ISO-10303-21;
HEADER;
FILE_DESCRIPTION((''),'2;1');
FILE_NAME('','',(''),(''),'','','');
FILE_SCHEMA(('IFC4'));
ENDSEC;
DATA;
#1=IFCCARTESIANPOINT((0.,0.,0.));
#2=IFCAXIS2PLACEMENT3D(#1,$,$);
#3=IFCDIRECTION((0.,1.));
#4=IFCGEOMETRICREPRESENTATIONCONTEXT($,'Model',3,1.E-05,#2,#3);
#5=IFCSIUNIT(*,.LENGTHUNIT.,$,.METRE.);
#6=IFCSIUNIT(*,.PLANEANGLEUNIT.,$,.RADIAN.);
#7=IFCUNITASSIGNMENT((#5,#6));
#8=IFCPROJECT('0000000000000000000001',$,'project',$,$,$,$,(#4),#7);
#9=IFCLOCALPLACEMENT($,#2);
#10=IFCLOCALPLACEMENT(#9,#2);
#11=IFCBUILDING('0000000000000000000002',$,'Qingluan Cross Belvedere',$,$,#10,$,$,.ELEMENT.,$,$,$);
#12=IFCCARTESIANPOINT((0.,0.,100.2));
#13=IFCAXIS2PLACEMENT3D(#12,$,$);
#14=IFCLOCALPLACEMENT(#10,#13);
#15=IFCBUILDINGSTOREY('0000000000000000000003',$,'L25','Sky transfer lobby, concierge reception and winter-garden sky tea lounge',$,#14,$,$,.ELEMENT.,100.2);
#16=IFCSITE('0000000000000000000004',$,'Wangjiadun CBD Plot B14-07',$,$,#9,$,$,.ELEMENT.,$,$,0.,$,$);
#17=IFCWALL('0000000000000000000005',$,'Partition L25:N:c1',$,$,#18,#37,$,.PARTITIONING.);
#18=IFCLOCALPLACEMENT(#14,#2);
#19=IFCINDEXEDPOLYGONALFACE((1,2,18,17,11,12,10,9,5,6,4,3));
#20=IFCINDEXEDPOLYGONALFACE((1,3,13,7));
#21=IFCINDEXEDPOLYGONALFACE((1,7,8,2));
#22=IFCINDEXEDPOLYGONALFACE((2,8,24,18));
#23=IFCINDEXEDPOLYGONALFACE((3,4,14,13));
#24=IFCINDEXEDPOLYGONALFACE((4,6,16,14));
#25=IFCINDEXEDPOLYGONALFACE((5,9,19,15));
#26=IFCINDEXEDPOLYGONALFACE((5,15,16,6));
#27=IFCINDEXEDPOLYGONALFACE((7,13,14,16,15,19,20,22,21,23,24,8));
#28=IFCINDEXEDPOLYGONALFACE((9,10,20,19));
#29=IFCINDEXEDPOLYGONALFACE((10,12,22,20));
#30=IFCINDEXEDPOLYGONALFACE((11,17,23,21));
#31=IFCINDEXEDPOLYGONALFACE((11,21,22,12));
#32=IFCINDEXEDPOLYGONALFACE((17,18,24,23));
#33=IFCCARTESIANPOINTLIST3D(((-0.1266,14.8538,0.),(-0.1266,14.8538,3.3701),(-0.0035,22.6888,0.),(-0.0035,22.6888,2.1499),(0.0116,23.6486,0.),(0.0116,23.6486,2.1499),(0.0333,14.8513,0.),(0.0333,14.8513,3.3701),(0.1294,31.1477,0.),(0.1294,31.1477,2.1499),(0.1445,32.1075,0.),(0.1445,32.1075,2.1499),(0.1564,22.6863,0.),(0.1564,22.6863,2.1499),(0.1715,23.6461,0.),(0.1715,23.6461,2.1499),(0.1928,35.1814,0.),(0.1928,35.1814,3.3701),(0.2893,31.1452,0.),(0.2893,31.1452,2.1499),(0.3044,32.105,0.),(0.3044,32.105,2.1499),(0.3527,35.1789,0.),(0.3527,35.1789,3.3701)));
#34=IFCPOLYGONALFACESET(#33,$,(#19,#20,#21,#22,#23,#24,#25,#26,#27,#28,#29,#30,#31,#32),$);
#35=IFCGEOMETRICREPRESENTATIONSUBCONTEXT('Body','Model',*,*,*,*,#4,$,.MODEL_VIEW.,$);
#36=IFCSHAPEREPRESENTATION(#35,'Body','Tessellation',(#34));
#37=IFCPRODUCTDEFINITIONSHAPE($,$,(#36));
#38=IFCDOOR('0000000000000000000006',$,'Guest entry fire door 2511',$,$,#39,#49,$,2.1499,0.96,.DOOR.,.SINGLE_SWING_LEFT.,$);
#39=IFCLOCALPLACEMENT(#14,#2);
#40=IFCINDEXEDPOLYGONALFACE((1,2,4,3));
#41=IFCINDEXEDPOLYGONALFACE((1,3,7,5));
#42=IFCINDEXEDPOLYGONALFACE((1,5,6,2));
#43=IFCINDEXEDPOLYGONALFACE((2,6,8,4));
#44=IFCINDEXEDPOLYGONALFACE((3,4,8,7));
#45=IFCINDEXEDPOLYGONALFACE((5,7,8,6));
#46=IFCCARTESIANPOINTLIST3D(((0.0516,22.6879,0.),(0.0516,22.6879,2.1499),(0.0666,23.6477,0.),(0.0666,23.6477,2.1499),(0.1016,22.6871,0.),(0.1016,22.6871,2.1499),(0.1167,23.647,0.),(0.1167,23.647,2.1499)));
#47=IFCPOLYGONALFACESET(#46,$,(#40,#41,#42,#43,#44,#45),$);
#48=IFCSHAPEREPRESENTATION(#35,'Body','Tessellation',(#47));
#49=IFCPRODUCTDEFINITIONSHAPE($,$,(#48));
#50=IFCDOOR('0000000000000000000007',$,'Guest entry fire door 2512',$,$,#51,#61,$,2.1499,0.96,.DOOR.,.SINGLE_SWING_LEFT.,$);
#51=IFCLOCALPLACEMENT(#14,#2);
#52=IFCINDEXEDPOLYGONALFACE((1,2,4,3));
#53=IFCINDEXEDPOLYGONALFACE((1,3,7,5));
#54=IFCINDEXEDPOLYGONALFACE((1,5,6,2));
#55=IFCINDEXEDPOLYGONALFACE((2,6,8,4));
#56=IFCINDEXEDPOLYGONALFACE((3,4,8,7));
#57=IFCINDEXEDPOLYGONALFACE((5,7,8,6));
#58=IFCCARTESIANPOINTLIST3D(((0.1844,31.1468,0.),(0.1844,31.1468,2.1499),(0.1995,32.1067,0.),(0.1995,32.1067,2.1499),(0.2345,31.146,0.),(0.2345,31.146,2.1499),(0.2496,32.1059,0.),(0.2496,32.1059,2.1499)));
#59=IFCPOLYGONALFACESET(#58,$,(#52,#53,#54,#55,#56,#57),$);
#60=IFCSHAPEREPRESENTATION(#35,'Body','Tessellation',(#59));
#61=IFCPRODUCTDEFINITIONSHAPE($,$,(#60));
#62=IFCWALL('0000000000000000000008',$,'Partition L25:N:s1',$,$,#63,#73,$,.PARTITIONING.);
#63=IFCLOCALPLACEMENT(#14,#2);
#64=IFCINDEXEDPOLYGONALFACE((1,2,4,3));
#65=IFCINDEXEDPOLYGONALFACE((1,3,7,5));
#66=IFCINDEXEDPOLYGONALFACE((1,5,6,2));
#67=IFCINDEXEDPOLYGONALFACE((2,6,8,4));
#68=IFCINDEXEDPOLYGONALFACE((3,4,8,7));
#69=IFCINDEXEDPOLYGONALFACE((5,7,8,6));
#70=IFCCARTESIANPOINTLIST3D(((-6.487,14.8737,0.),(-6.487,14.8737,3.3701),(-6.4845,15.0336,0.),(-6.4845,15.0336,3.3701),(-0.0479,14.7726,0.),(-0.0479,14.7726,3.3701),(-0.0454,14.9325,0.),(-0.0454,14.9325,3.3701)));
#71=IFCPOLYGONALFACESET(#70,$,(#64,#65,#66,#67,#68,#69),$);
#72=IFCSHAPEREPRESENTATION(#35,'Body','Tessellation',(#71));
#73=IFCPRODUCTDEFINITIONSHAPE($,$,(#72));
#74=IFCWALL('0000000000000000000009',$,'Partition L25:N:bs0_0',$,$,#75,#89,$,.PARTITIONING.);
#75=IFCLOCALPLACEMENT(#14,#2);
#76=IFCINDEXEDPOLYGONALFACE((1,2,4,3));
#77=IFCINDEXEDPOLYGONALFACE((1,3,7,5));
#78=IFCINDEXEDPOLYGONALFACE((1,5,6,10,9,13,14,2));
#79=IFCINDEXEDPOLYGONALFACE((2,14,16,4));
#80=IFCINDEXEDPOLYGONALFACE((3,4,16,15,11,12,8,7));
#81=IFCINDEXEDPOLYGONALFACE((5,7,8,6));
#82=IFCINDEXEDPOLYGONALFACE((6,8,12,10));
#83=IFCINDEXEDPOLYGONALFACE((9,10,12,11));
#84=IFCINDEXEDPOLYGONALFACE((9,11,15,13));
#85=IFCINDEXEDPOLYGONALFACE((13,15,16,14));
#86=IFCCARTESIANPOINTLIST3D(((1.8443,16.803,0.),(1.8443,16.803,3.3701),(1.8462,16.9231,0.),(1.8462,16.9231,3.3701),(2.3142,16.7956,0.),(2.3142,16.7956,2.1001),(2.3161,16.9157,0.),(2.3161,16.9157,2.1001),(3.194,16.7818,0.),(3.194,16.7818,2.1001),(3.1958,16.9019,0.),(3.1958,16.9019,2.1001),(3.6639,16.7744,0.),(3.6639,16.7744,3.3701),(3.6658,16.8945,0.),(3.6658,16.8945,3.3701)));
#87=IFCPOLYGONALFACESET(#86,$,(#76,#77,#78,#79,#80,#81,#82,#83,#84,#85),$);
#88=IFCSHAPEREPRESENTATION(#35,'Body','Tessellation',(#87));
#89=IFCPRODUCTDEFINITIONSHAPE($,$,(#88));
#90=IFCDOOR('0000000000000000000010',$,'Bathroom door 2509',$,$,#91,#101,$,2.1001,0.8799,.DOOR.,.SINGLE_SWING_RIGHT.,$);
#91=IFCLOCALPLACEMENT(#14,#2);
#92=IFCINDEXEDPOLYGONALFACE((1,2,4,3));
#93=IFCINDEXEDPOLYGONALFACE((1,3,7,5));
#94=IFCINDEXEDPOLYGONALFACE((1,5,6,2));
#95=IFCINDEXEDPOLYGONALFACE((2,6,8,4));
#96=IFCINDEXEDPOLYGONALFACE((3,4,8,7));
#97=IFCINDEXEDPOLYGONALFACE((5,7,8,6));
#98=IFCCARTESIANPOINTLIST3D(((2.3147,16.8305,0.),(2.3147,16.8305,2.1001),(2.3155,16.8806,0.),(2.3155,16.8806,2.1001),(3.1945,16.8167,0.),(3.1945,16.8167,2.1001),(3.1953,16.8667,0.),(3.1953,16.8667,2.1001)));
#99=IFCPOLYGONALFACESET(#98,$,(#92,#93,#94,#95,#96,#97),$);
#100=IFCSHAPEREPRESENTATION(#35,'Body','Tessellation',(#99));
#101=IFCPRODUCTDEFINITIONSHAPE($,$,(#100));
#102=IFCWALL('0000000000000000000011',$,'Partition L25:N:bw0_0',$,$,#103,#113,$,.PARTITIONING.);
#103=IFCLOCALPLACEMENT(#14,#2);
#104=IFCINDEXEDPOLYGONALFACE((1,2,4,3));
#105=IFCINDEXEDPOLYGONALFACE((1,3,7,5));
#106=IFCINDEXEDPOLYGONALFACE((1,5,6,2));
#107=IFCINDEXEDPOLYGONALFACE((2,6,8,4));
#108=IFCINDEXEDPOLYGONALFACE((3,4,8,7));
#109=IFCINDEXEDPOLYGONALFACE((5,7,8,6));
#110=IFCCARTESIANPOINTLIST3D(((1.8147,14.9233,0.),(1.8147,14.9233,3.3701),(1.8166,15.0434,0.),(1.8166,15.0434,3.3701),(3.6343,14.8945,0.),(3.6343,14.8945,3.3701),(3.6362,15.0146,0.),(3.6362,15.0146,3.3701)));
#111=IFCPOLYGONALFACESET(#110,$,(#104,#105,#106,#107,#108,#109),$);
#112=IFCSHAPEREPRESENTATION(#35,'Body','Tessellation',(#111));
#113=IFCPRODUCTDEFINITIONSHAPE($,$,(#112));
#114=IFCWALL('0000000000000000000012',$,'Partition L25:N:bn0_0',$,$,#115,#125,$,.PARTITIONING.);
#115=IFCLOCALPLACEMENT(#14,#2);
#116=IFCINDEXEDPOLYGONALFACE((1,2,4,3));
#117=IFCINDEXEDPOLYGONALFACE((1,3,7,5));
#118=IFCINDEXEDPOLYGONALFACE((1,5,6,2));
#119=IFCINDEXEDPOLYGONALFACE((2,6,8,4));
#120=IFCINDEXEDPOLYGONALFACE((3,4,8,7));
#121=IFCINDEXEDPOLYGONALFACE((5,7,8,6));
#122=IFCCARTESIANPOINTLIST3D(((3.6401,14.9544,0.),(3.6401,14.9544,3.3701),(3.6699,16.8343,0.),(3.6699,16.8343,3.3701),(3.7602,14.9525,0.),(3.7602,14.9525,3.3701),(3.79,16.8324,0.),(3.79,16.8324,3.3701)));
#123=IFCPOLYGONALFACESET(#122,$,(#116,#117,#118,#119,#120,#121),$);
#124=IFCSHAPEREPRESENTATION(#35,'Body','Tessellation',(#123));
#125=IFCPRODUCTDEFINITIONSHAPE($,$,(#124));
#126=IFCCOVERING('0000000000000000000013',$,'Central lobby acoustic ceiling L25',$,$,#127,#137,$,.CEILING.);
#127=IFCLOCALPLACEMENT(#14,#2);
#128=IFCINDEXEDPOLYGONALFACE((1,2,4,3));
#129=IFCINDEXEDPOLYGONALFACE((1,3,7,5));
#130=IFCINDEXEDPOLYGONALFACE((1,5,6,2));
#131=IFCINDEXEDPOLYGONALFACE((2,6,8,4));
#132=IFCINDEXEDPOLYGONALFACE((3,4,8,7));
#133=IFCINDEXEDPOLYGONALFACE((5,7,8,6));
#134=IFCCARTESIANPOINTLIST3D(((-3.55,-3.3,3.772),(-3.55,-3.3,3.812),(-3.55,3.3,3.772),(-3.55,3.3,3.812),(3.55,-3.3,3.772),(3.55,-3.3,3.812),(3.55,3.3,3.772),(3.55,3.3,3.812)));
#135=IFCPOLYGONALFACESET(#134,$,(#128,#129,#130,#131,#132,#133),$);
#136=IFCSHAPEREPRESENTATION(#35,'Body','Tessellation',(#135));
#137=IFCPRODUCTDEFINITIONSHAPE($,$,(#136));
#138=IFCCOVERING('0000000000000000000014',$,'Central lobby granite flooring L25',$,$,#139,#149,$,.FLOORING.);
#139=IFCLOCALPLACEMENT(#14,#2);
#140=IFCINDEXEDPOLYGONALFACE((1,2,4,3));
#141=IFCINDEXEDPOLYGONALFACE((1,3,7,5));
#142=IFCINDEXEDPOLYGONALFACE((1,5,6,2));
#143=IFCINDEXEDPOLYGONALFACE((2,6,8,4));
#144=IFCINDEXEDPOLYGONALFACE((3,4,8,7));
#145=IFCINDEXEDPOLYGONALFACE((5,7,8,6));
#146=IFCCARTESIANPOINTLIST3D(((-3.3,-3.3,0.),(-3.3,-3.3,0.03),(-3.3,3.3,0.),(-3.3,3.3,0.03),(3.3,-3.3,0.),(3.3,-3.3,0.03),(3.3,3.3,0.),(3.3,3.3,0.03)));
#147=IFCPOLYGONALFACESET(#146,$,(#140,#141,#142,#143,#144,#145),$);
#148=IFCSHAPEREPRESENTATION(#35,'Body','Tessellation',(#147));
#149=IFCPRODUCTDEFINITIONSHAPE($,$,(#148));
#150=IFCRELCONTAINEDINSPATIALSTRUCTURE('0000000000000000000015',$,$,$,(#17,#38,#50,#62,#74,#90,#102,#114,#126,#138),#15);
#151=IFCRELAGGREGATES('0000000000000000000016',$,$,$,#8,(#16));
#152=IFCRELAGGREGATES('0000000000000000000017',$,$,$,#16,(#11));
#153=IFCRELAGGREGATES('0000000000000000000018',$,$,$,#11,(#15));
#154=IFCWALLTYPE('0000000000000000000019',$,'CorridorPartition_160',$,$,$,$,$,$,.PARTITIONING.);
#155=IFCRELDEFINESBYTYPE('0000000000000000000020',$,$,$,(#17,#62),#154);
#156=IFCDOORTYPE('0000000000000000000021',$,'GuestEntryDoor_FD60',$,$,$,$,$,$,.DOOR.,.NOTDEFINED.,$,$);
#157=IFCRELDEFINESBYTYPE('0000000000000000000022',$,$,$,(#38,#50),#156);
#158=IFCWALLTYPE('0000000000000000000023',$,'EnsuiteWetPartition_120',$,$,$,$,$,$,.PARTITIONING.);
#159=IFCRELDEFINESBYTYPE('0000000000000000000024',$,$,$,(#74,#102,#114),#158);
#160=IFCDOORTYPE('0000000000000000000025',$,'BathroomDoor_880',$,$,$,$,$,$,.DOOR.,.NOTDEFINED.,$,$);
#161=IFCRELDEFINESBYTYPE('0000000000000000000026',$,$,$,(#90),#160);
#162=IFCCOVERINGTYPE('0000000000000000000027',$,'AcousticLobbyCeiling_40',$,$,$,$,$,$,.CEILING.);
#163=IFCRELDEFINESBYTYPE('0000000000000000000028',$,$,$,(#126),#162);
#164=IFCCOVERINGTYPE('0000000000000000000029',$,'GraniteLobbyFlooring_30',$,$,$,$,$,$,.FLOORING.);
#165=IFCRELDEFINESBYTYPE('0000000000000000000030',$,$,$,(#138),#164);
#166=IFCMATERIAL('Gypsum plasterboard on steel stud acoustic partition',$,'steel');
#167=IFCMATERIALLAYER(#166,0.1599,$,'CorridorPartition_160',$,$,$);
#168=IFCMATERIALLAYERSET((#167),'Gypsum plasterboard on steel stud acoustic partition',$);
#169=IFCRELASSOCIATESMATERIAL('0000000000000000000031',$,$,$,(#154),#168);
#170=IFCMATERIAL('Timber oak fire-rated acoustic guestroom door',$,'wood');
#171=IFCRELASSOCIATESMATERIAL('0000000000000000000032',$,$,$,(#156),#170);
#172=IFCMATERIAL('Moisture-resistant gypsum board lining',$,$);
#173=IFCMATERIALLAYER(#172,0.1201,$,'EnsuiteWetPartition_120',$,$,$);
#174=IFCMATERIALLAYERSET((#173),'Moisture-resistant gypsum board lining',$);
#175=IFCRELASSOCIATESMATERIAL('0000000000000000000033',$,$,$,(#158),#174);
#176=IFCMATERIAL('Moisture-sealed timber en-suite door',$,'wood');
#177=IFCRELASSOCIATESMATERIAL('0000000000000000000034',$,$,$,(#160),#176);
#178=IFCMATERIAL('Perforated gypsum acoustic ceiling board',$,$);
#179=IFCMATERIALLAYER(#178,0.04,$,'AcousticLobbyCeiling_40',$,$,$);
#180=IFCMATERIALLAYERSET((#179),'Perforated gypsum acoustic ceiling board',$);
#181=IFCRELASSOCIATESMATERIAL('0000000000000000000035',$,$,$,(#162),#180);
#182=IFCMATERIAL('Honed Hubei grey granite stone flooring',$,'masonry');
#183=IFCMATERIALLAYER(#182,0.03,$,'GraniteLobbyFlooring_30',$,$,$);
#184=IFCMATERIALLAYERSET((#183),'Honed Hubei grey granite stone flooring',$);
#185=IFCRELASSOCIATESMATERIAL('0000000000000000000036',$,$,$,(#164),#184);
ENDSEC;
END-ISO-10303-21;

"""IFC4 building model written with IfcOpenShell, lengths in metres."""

from ifc_helpers import new_model, si_unit, direction, frame, frame_2d, origin, origin_with_axes, origin_2d, place, context, subcontext, project, spatial, rectangle, extrude, material, layer, layer_set, type_object, element, fill, save


model = new_model("IFC4")

# Units and contexts
model_context = context("Model", 3, precision=1e-05, world=origin(), true_north=direction((0.0, 1.0)))
body_context = subcontext(model_context, "Body", "Model", "MODEL_VIEW")
ifc_project = project(units=[si_unit("LENGTHUNIT", "METRE"), si_unit("PLANEANGLEUNIT", "RADIAN")], contexts=[model_context])

# Site, building, storey
site_placement = place(None, origin())
site = spatial("IfcSite", under=ifc_project, at=site_placement, Name="Wangjiadun CBD Plot B14-07", CompositionType="ELEMENT", RefElevation=0.0)
building_placement = place(site_placement, origin())
building = spatial("IfcBuilding", under=site, at=building_placement, Name="Qingluan Cross Belvedere", CompositionType="ELEMENT")
storey_placement = place(building_placement, frame((0.0, 0.0, 100.2)))
storey = spatial("IfcBuildingStorey", under=building, at=storey_placement, Name="L25", Description="Sky transfer lobby, concierge reception and winter-garden sky tea lounge", CompositionType="ELEMENT", Elevation=100.2)

# Shared definitions
ifc_material_1 = material(Name="Gypsum plasterboard on steel stud acoustic partition", Category="steel")
ifc_layer_1 = layer(ifc_material_1, 0.1599, Name="CorridorPartition_160")
ifc_layer_set_1 = layer_set([ifc_layer_1], Name="Gypsum plasterboard on steel stud acoustic partition")
wall_type_1 = type_object("IfcWallType", Name="CorridorPartition_160", PredefinedType="PARTITIONING", material=ifc_layer_set_1)
ifc_material_2 = material(Name="Timber oak fire-rated acoustic guestroom door", Category="wood")
door_type_1 = type_object("IfcDoorType", Name="GuestEntryDoor_FD60", OperationType="NOTDEFINED", PredefinedType="DOOR", material=ifc_material_2)

# Wall, openings, doors
wall_1_placement = place(storey_placement, frame((-0.0466, 14.8525, 0.0), z_axis=(0.0, 0.0, 1.0), x_axis=(0.015708, 0.999877, 0.0)))
wall_1 = element("IfcWall", 1, at=wall_1_placement, inside=storey, type_object=wall_type_1, Name="Partition L25:N:c1", PredefinedType="PARTITIONING", context=body_context, shape_type="SweptSolid", body=[
    extrude(rectangle(XDim=20.3301, YDim=0.1599, at=frame_2d((10.165, 0.0))), origin(), (0.0, 0.0, 1.0), 3.3701),
])
opening_1_placement = place(wall_1_placement, frame((7.8359, 0.0, 0.0)))
opening_1 = element("IfcOpeningElement", 2, at=opening_1_placement, cuts=wall_1, PredefinedType="OPENING", context=body_context, shape_type="SweptSolid", body=[
    extrude(rectangle(XDim=0.96, YDim=2.1499, at=frame_2d((0.48, 1.075))), frame((0.0, 0.0898, 0.0), z_axis=(0.0, -1.0, 0.0), x_axis=(1.0, 0.0, 0.0)), (0.0, 0.0, 1.0), 0.1799),
])
opening_2_placement = place(wall_1_placement, frame((16.2959, 0.0, 0.0)))
opening_2 = element("IfcOpeningElement", 3, at=opening_2_placement, cuts=wall_1, PredefinedType="OPENING", context=body_context, shape_type="SweptSolid", body=[
    extrude(rectangle(XDim=0.96, YDim=2.1499, at=frame_2d((0.48, 1.075))), frame((0.0, 0.0898, 0.0), z_axis=(0.0, -1.0, 0.0), x_axis=(1.0, 0.0, 0.0)), (0.0, 0.0, 1.0), 0.1799),
])
door_1_placement = place(opening_1_placement, origin())
door_1 = element("IfcDoor", 4, at=door_1_placement, inside=storey, type_object=door_type_1, Name="Guest entry fire door 2511", OperationType="SINGLE_SWING_LEFT", OverallHeight=2.1499, OverallWidth=0.96, PredefinedType="DOOR", context=body_context, shape_type="SweptSolid", body=[
    extrude(rectangle(XDim=0.96, YDim=2.1499, at=frame_2d((0.48, 1.075))), frame((0.0, 0.0249, 0.0), z_axis=(0.0, -1.0, 0.0), x_axis=(1.0, 0.0, 0.0)), (0.0, 0.0, 1.0), 0.05),
])
fill(opening_1, door_1)
door_2_placement = place(opening_2_placement, origin())
door_2 = element("IfcDoor", 5, at=door_2_placement, inside=storey, type_object=door_type_1, Name="Guest entry fire door 2512", OperationType="SINGLE_SWING_LEFT", OverallHeight=2.1499, OverallWidth=0.96, PredefinedType="DOOR", context=body_context, shape_type="SweptSolid", body=[
    extrude(rectangle(XDim=0.96, YDim=2.1499, at=frame_2d((0.48, 1.075))), frame((0.0, 0.0249, 0.0), z_axis=(0.0, -1.0, 0.0), x_axis=(1.0, 0.0, 0.0)), (0.0, 0.0, 1.0), 0.05),
])
fill(opening_2, door_2)

# Wall
wall_2_placement = place(storey_placement, frame((-0.0466, 14.8525, 0.0), z_axis=(0.0, 0.0, 1.0), x_axis=(-0.999877, 0.015695, 0.0)))
element("IfcWall", 6, at=wall_2_placement, inside=storey, type_object=wall_type_1, Name="Partition L25:N:s1", PredefinedType="PARTITIONING", context=body_context, shape_type="SweptSolid", body=[
    extrude(rectangle(XDim=6.4399, YDim=0.1599, at=frame_2d((3.22, 0.0))), origin(), (0.0, 0.0, 1.0), 3.3701),
])

# Wall, opening, door
ifc_material_3 = material(Name="Moisture-resistant gypsum board lining")
ifc_layer_2 = layer(ifc_material_3, 0.1201, Name="EnsuiteWetPartition_120")
ifc_layer_set_2 = layer_set([ifc_layer_2], Name="Moisture-resistant gypsum board lining")
wall_type_2 = type_object("IfcWallType", Name="EnsuiteWetPartition_120", PredefinedType="PARTITIONING", material=ifc_layer_set_2)
wall_3_placement = place(storey_placement, frame((1.8452, 16.863, 0.0), z_axis=(0.0, 0.0, 1.0), x_axis=(0.999877, -0.015696, 0.0)))
wall_3 = element("IfcWall", 7, at=wall_3_placement, inside=storey, type_object=wall_type_2, Name="Partition L25:N:bs0_0", PredefinedType="PARTITIONING", context=body_context, shape_type="SweptSolid", body=[
    extrude(rectangle(XDim=1.8198, YDim=0.1201, at=frame_2d((0.9099, 0.0))), origin(), (0.0, 0.0, 1.0), 3.3701),
])
opening_3_placement = place(wall_3_placement, frame((0.47, 0.0, 0.0)))
opening_3 = element("IfcOpeningElement", 8, at=opening_3_placement, cuts=wall_3, PredefinedType="OPENING", context=body_context, shape_type="SweptSolid", body=[
    extrude(rectangle(XDim=0.8799, YDim=2.1001, at=frame_2d((0.4399, 1.05))), frame((0.0, 0.0701, 0.0), z_axis=(0.0, -1.0, 0.0), x_axis=(1.0, 0.0, 0.0)), (0.0, 0.0, 1.0), 0.1401),
])
ifc_material_4 = material(Name="Moisture-sealed timber en-suite door", Category="wood")
door_type_2 = type_object("IfcDoorType", Name="BathroomDoor_880", OperationType="NOTDEFINED", PredefinedType="DOOR", material=ifc_material_4)
door_3_placement = place(opening_3_placement, origin())
door_3 = element("IfcDoor", 9, at=door_3_placement, inside=storey, type_object=door_type_2, Name="Bathroom door 2509", OperationType="SINGLE_SWING_RIGHT", OverallHeight=2.1001, OverallWidth=0.8799, PredefinedType="DOOR", context=body_context, shape_type="SweptSolid", body=[
    extrude(rectangle(XDim=0.8799, YDim=2.1001, at=frame_2d((0.4399, 1.05))), frame((0.0, 0.0249, 0.0), z_axis=(0.0, -1.0, 0.0), x_axis=(1.0, 0.0, 0.0)), (0.0, 0.0, 1.0), 0.05),
])
fill(opening_3, door_3)

# Walls
wall_4_placement = place(storey_placement, frame((1.8157, 14.9834, 0.0), z_axis=(0.0, 0.0, 1.0), x_axis=(0.999875, -0.015831, 0.0)))
element("IfcWall", 10, at=wall_4_placement, inside=storey, type_object=wall_type_2, Name="Partition L25:N:bw0_0", PredefinedType="PARTITIONING", context=body_context, shape_type="SweptSolid", body=[
    extrude(rectangle(XDim=1.8198, YDim=0.1201, at=frame_2d((0.9099, 0.0))), origin(), (0.0, 0.0, 1.0), 3.3701),
])
wall_5_placement = place(storey_placement, frame((3.7002, 14.9536, 0.0), z_axis=(0.0, 0.0, 1.0), x_axis=(0.015842, 0.999875, 0.0)))
element("IfcWall", 11, at=wall_5_placement, inside=storey, type_object=wall_type_2, Name="Partition L25:N:bn0_0", PredefinedType="PARTITIONING", context=body_context, shape_type="SweptSolid", body=[
    extrude(rectangle(XDim=1.8801, YDim=0.1201, at=frame_2d((0.9399, 0.0))), origin(), (0.0, 0.0, 1.0), 3.3701),
])

# Coverings
ifc_material_5 = material(Name="Perforated gypsum acoustic ceiling board")
ifc_layer_3 = layer(ifc_material_5, 0.04, Name="AcousticLobbyCeiling_40")
ifc_layer_set_3 = layer_set([ifc_layer_3], Name="Perforated gypsum acoustic ceiling board")
covering_type_1 = type_object("IfcCoveringType", Name="AcousticLobbyCeiling_40", PredefinedType="CEILING", material=ifc_layer_set_3)
covering_1_placement = place(storey_placement, frame((0.0, 0.0, 3.772), z_axis=(0.0, 0.0, 1.0), x_axis=(1.0, 0.0, 0.0)))
element("IfcCovering", 12, at=covering_1_placement, inside=storey, type_object=covering_type_1, Name="Central lobby acoustic ceiling L25", PredefinedType="CEILING", context=body_context, shape_type="SweptSolid", body=[
    extrude(rectangle(XDim=7.1001, YDim=6.6001, at=origin_2d()), origin(), (0.0, 0.0, 1.0), 0.04),
])
ifc_material_6 = material(Name="Honed Hubei grey granite stone flooring", Category="masonry")
ifc_layer_4 = layer(ifc_material_6, 0.03, Name="GraniteLobbyFlooring_30")
ifc_layer_set_4 = layer_set([ifc_layer_4], Name="Honed Hubei grey granite stone flooring")
covering_type_2 = type_object("IfcCoveringType", Name="GraniteLobbyFlooring_30", PredefinedType="FLOORING", material=ifc_layer_set_4)
covering_2_placement = place(storey_placement, origin_with_axes())
element("IfcCovering", 13, at=covering_2_placement, inside=storey, type_object=covering_type_2, Name="Central lobby granite flooring L25", PredefinedType="FLOORING", context=body_context, shape_type="SweptSolid", body=[
    extrude(rectangle(XDim=6.6001, YDim=6.6001, at=origin_2d()), origin(), (0.0, 0.0, 1.0), 0.03),
])

save(model, "model.ifc")
